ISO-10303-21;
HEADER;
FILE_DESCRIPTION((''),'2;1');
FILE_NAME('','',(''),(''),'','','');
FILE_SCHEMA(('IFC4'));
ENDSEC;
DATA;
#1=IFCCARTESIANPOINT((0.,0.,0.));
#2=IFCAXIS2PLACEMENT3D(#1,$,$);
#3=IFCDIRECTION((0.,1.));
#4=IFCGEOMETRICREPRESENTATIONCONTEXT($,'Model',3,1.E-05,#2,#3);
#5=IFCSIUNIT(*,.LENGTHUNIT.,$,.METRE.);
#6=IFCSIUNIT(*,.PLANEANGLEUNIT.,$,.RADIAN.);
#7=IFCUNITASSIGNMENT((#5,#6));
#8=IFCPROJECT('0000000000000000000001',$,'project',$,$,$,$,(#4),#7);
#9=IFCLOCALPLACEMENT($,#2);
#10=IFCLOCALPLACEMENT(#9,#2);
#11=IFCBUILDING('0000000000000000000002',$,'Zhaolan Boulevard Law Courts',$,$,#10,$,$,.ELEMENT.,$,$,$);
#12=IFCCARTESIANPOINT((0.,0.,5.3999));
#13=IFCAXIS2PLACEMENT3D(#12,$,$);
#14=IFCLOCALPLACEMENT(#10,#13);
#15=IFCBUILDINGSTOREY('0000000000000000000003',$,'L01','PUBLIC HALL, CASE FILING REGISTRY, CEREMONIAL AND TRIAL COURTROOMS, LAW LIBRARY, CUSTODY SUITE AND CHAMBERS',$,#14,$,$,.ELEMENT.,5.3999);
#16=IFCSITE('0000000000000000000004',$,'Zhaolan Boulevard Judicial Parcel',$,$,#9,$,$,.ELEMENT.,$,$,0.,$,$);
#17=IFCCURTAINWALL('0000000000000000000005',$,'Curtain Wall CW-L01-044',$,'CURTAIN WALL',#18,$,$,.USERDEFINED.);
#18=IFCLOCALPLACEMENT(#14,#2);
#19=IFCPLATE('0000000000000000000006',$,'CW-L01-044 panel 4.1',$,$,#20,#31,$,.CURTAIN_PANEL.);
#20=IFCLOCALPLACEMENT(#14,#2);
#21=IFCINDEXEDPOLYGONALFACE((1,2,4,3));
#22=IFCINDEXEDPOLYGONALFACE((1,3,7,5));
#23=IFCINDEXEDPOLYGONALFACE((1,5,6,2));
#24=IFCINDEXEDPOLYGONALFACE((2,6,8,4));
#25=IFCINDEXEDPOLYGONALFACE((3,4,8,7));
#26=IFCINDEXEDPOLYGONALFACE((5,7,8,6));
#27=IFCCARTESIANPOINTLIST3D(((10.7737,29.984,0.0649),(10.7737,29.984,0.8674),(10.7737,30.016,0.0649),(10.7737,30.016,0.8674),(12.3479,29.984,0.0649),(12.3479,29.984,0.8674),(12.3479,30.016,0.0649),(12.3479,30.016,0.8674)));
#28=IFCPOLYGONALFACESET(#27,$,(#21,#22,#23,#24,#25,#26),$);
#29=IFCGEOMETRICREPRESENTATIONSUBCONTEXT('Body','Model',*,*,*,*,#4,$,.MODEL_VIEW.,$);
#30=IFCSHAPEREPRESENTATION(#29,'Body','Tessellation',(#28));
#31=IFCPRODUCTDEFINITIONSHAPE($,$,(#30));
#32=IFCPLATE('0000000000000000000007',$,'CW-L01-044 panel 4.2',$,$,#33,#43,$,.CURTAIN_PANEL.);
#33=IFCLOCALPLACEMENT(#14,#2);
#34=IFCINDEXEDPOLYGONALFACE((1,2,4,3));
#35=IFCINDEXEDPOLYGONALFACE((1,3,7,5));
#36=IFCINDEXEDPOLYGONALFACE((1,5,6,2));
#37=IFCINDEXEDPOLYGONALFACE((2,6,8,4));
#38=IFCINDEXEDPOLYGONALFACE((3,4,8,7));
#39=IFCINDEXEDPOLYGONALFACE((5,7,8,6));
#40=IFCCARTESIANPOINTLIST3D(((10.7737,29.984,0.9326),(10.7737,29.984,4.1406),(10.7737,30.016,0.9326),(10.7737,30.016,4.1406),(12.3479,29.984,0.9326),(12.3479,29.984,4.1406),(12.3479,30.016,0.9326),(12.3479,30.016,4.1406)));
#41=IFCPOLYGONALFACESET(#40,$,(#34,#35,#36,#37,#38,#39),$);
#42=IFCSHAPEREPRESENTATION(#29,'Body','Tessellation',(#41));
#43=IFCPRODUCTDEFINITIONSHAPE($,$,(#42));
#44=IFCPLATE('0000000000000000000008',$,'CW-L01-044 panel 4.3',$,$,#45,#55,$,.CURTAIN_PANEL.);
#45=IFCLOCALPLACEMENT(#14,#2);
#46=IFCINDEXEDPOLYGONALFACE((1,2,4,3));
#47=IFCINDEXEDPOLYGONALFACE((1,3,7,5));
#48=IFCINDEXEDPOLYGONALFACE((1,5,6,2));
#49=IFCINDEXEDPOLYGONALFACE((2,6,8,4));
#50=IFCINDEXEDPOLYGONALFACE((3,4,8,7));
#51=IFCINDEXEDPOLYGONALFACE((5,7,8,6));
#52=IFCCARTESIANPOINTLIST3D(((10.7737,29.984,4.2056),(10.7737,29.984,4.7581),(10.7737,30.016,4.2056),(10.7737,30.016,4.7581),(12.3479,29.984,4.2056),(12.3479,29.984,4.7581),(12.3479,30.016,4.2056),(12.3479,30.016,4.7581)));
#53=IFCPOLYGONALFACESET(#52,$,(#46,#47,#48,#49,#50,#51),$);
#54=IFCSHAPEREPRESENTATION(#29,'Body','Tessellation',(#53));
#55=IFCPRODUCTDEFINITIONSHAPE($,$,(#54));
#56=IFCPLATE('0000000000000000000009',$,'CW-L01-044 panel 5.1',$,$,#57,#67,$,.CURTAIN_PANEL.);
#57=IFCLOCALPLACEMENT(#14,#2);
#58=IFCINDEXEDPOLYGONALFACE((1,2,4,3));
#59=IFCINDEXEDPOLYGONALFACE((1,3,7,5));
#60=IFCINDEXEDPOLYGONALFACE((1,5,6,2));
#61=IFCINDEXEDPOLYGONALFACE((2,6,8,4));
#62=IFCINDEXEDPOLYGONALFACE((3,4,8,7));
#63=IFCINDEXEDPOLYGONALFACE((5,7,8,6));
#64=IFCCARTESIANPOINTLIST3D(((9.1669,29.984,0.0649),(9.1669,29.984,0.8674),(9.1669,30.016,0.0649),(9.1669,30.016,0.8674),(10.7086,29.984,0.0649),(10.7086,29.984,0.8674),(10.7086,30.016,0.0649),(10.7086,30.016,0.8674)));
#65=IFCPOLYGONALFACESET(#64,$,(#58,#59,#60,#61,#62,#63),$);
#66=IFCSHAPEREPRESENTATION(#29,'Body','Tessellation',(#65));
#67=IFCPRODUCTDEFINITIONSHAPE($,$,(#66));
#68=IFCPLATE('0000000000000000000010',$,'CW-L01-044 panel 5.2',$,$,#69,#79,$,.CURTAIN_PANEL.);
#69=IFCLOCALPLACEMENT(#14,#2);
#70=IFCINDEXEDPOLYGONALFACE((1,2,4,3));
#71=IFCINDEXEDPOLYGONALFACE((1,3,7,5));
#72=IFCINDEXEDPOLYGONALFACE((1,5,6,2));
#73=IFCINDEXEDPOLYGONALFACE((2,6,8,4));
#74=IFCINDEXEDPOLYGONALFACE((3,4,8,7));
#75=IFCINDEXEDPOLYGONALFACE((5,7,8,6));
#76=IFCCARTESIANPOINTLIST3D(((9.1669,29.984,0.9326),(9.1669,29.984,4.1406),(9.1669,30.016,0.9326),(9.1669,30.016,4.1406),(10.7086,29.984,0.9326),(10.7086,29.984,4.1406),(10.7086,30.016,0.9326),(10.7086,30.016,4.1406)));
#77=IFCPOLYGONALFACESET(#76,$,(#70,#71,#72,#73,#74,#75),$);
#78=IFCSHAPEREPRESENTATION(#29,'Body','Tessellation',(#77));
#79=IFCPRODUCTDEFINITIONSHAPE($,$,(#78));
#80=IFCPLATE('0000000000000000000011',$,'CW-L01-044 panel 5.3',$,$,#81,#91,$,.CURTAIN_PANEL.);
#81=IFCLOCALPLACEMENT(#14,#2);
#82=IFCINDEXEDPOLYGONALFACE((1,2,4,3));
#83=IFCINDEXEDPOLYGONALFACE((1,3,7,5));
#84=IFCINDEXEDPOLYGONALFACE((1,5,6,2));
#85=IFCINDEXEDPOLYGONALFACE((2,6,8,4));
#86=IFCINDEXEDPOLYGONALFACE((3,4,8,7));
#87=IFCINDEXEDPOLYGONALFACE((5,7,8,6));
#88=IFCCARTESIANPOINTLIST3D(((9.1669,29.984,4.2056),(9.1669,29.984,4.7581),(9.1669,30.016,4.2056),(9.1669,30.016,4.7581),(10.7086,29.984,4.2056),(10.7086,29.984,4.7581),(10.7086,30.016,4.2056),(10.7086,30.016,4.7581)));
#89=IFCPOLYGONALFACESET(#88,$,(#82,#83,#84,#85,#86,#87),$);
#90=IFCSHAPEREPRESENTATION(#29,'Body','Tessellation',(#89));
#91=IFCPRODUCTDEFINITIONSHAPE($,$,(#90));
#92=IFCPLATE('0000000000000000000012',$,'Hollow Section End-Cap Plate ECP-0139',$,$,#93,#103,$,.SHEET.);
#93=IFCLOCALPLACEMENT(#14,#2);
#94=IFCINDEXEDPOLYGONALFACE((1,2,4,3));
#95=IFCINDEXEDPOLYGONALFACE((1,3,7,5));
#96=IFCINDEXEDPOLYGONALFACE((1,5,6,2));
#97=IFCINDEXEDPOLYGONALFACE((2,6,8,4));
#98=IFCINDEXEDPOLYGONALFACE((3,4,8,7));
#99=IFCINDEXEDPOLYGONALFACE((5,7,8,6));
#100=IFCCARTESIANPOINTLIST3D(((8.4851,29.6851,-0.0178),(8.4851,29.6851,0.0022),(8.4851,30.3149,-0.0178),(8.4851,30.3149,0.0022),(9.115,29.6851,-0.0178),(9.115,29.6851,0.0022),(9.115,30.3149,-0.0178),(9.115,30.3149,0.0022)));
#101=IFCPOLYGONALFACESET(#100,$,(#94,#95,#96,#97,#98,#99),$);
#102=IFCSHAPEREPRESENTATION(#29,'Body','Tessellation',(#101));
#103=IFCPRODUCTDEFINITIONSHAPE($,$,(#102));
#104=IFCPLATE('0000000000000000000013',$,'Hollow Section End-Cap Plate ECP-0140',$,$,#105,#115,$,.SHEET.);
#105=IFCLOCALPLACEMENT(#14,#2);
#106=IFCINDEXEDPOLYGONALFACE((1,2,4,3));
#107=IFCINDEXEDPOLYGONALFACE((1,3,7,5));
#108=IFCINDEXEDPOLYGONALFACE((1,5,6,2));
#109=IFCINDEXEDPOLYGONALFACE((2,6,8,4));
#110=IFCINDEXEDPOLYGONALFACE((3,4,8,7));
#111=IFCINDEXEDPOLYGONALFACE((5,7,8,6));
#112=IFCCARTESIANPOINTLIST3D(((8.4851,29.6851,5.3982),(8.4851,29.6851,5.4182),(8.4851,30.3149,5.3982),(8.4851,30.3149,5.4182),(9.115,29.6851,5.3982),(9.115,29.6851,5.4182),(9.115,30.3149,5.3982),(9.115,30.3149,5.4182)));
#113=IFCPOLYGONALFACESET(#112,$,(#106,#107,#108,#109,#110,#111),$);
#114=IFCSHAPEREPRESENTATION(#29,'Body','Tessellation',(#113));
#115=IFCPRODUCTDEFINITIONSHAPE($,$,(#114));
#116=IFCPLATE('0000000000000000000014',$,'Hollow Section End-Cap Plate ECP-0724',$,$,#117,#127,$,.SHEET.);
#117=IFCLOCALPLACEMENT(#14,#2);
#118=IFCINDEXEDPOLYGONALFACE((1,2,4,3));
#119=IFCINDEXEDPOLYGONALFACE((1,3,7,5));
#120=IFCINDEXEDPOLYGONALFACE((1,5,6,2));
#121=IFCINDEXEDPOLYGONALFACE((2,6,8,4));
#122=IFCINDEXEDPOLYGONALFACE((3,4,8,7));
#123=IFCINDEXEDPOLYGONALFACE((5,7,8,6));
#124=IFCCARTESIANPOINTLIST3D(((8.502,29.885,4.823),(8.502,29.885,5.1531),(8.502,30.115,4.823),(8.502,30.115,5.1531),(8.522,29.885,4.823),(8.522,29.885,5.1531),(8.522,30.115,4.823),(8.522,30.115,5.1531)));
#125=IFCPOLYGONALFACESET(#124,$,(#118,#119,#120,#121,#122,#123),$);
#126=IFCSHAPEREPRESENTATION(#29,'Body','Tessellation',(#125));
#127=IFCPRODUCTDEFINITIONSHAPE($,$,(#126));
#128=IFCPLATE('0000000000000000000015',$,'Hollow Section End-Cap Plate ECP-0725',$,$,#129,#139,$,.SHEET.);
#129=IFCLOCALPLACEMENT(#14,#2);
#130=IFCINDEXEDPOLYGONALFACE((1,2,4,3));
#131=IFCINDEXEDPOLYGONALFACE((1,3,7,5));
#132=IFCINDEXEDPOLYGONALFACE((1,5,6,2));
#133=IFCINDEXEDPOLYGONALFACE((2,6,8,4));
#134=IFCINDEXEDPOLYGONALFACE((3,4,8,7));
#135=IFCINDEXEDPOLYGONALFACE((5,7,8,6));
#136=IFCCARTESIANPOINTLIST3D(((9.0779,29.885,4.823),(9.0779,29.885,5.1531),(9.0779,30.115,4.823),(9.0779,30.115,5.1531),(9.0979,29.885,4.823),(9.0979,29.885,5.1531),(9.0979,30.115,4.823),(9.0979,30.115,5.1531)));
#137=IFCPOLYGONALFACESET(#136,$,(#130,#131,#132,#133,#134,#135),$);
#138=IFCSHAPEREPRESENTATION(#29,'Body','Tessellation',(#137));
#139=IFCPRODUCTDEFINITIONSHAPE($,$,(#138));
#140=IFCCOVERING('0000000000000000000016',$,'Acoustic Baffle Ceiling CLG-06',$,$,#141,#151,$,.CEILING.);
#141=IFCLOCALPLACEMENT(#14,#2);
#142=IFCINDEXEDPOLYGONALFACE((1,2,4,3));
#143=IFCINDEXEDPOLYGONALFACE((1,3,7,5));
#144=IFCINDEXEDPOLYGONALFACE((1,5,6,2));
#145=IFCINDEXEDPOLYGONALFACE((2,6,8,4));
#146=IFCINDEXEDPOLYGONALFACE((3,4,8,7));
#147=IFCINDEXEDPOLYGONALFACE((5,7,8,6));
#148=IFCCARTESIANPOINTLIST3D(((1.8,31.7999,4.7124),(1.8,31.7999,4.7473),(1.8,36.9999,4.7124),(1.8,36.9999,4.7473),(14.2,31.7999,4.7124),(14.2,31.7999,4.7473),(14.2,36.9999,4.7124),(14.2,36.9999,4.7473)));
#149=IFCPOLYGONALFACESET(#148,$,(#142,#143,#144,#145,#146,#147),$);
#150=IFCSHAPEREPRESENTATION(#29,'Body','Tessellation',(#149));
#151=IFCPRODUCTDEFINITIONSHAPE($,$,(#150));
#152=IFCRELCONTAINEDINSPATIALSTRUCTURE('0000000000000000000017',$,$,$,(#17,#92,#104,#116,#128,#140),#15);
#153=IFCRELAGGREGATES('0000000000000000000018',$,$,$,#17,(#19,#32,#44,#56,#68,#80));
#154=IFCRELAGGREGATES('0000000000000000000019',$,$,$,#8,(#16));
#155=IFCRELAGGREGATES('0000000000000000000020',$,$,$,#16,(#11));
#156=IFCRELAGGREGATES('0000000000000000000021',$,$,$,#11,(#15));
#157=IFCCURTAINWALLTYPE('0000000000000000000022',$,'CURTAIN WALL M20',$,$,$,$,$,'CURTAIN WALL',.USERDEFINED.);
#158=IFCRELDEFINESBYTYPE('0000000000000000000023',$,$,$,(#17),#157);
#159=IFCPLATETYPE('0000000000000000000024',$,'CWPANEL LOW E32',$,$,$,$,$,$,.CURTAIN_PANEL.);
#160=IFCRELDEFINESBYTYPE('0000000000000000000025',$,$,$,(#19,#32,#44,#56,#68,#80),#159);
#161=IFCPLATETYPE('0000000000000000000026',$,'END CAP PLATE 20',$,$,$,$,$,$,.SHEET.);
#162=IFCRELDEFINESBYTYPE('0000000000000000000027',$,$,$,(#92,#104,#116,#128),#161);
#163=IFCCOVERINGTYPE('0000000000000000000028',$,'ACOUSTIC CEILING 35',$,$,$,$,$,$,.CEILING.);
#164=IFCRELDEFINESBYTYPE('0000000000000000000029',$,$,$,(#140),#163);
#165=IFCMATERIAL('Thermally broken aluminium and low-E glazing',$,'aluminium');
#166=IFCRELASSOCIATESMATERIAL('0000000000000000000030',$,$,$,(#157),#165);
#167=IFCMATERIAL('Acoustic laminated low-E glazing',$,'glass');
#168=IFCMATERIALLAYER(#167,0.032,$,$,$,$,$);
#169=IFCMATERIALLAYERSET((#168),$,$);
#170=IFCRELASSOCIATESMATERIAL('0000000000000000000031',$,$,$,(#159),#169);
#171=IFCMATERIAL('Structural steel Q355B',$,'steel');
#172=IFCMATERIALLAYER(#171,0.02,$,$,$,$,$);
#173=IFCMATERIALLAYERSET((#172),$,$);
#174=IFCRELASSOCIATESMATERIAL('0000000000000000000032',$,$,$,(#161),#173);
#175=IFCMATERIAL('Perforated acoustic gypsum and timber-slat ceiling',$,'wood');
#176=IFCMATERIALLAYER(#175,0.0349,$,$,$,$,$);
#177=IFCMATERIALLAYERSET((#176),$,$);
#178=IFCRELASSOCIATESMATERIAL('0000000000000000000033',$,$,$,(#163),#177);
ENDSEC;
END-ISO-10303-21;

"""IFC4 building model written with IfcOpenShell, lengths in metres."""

from ifc_helpers import new_model, si_unit, direction, frame, origin, origin_2d, place, context, subcontext, project, spatial, rectangle, extrude, material, layer, layer_set, type_object, element, aggregate, save


model = new_model("IFC4")

# Units and contexts
model_context = context("Model", 3, precision=1e-05, world=origin(), true_north=direction((0.0, 1.0)))
body_context = subcontext(model_context, "Body", "Model", "MODEL_VIEW")
ifc_project = project(units=[si_unit("LENGTHUNIT", "METRE"), si_unit("PLANEANGLEUNIT", "RADIAN")], contexts=[model_context])

# Site, building, storey
site_placement = place(None, origin())
site = spatial("IfcSite", under=ifc_project, at=site_placement, Name="Zhaolan Boulevard Judicial Parcel", CompositionType="ELEMENT", RefElevation=0.0)
building_placement = place(site_placement, origin())
building = spatial("IfcBuilding", under=site, at=building_placement, Name="Zhaolan Boulevard Law Courts", CompositionType="ELEMENT")
storey_placement = place(building_placement, frame((0.0, 0.0, 5.3999)))
storey = spatial("IfcBuildingStorey", under=building, at=storey_placement, Name="L01", Description="PUBLIC HALL, CASE FILING REGISTRY, CEREMONIAL AND TRIAL COURTROOMS, LAW LIBRARY, CUSTODY SUITE AND CHAMBERS", CompositionType="ELEMENT", Elevation=5.3999)

# Curtain wall
ifc_material_1 = material(Name="Thermally broken aluminium and low-E glazing", Category="aluminium")
curtain_wall_type_1 = type_object("IfcCurtainWallType", Name="CURTAIN WALL M20", ElementType="CURTAIN WALL", PredefinedType="USERDEFINED", material=ifc_material_1)
curtain_wall_1_placement = place(storey_placement, origin())
curtain_wall_1 = element("IfcCurtainWall", 1, at=curtain_wall_1_placement, inside=storey, type_object=curtain_wall_type_1, Name="Curtain Wall CW-L01-044", ObjectType="CURTAIN WALL", PredefinedType="USERDEFINED")

# Plates
ifc_material_2 = material(Name="Acoustic laminated low-E glazing", Category="glass")
ifc_layer_1 = layer(ifc_material_2, 0.032)
ifc_layer_set_1 = layer_set([ifc_layer_1])
plate_type_1 = type_object("IfcPlateType", Name="CWPANEL LOW E32", PredefinedType="CURTAIN_PANEL", material=ifc_layer_set_1)
plate_1_placement = place(storey_placement, frame((11.5608, 30.0, 0.0649), z_axis=(0.0, 0.0, 1.0), x_axis=(-1.0, 0.0, 0.0)))
plate_1 = element("IfcPlate", 2, at=plate_1_placement, type_object=plate_type_1, Name="CW-L01-044 panel 4.1", PredefinedType="CURTAIN_PANEL", context=body_context, shape_type="SweptSolid", body=[
    extrude(rectangle(XDim=1.5742, YDim=0.032, at=origin_2d()), origin(), (0.0, 0.0, 1.0), 0.8025),
])
plate_2_placement = place(storey_placement, frame((11.5608, 30.0, 0.9326), z_axis=(0.0, 0.0, 1.0), x_axis=(-1.0, 0.0, 0.0)))
plate_2 = element("IfcPlate", 3, at=plate_2_placement, type_object=plate_type_1, Name="CW-L01-044 panel 4.2", PredefinedType="CURTAIN_PANEL", context=body_context, shape_type="SweptSolid", body=[
    extrude(rectangle(XDim=1.5742, YDim=0.032, at=origin_2d()), origin(), (0.0, 0.0, 1.0), 3.208),
])
plate_3_placement = place(storey_placement, frame((11.5608, 30.0, 4.2056), z_axis=(0.0, 0.0, 1.0), x_axis=(-1.0, 0.0, 0.0)))
plate_3 = element("IfcPlate", 4, at=plate_3_placement, type_object=plate_type_1, Name="CW-L01-044 panel 4.3", PredefinedType="CURTAIN_PANEL", context=body_context, shape_type="SweptSolid", body=[
    extrude(rectangle(XDim=1.5742, YDim=0.032, at=origin_2d()), origin(), (0.0, 0.0, 1.0), 0.5525),
])
plate_4_placement = place(storey_placement, frame((9.9377, 30.0, 0.0649), z_axis=(0.0, 0.0, 1.0), x_axis=(-1.0, 0.0, 0.0)))
plate_4 = element("IfcPlate", 5, at=plate_4_placement, type_object=plate_type_1, Name="CW-L01-044 panel 5.1", PredefinedType="CURTAIN_PANEL", context=body_context, shape_type="SweptSolid", body=[
    extrude(rectangle(XDim=1.5417, YDim=0.032, at=origin_2d()), origin(), (0.0, 0.0, 1.0), 0.8025),
])
plate_5_placement = place(storey_placement, frame((9.9377, 30.0, 0.9326), z_axis=(0.0, 0.0, 1.0), x_axis=(-1.0, 0.0, 0.0)))
plate_5 = element("IfcPlate", 6, at=plate_5_placement, type_object=plate_type_1, Name="CW-L01-044 panel 5.2", PredefinedType="CURTAIN_PANEL", context=body_context, shape_type="SweptSolid", body=[
    extrude(rectangle(XDim=1.5417, YDim=0.032, at=origin_2d()), origin(), (0.0, 0.0, 1.0), 3.208),
])
plate_6_placement = place(storey_placement, frame((9.9377, 30.0, 4.2056), z_axis=(0.0, 0.0, 1.0), x_axis=(-1.0, 0.0, 0.0)))
plate_6 = element("IfcPlate", 7, at=plate_6_placement, type_object=plate_type_1, Name="CW-L01-044 panel 5.3", PredefinedType="CURTAIN_PANEL", context=body_context, shape_type="SweptSolid", body=[
    extrude(rectangle(XDim=1.5417, YDim=0.032, at=origin_2d()), origin(), (0.0, 0.0, 1.0), 0.5525),
])
aggregate(curtain_wall_1, [plate_1, plate_2, plate_3, plate_4, plate_5, plate_6])

# Plates
ifc_material_3 = material(Name="Structural steel Q355B", Category="steel")
ifc_layer_2 = layer(ifc_material_3, 0.02)
ifc_layer_set_2 = layer_set([ifc_layer_2])
plate_type_2 = type_object("IfcPlateType", Name="END CAP PLATE 20", PredefinedType="SHEET", material=ifc_layer_set_2)
for number, where, z_axis, x_axis, name in (
    (8, (8.8, 30.0, -0.0178), (0.0, 0.0, 1.0), (1.0, 0.0, 0.0), "Hollow Section End-Cap Plate ECP-0139"),
    (9, (8.8, 30.0, 5.3982), (0.0, 0.0, 1.0), (1.0, 0.0, 0.0), "Hollow Section End-Cap Plate ECP-0140"),
):
    element("IfcPlate", number, at=place(storey_placement, frame(where, z_axis=z_axis, x_axis=x_axis)), inside=storey, type_object=plate_type_2, Name=name, PredefinedType="SHEET", context=body_context, shape_type="SweptSolid", body=[
        extrude(rectangle(XDim=0.6299, YDim=0.6299, at=origin_2d()), origin(), (0.0, 0.0, 1.0), 0.02),
    ])
for number, where, z_axis, x_axis, name in (
    (10, (8.512, 30.0, 4.823), (0.0, 0.0, 1.0), (1.0, 0.0, 0.0), "Hollow Section End-Cap Plate ECP-0724"),
    (11, (9.0879, 30.0, 4.823), (0.0, 0.0, 1.0), (1.0, 0.0, 0.0), "Hollow Section End-Cap Plate ECP-0725"),
):
    element("IfcPlate", number, at=place(storey_placement, frame(where, z_axis=z_axis, x_axis=x_axis)), inside=storey, type_object=plate_type_2, Name=name, PredefinedType="SHEET", context=body_context, shape_type="SweptSolid", body=[
        extrude(rectangle(XDim=0.02, YDim=0.23, at=origin_2d()), origin(), (0.0, 0.0, 1.0), 0.3301),
    ])

# Covering
ifc_material_4 = material(Name="Perforated acoustic gypsum and timber-slat ceiling", Category="wood")
ifc_layer_3 = layer(ifc_material_4, 0.0349)
ifc_layer_set_3 = layer_set([ifc_layer_3])
covering_type = type_object("IfcCoveringType", Name="ACOUSTIC CEILING 35", PredefinedType="CEILING", material=ifc_layer_set_3)
covering_placement = place(storey_placement, frame((8.0, 34.3999, 4.7124), z_axis=(0.0, 0.0, 1.0), x_axis=(1.0, 0.0, 0.0)))
element("IfcCovering", 12, at=covering_placement, inside=storey, type_object=covering_type, Name="Acoustic Baffle Ceiling CLG-06", PredefinedType="CEILING", context=body_context, shape_type="SweptSolid", body=[
    extrude(rectangle(XDim=12.3999, YDim=5.2, at=origin_2d()), origin(), (0.0, 0.0, 1.0), 0.0349),
])

save(model, "model.ifc")
